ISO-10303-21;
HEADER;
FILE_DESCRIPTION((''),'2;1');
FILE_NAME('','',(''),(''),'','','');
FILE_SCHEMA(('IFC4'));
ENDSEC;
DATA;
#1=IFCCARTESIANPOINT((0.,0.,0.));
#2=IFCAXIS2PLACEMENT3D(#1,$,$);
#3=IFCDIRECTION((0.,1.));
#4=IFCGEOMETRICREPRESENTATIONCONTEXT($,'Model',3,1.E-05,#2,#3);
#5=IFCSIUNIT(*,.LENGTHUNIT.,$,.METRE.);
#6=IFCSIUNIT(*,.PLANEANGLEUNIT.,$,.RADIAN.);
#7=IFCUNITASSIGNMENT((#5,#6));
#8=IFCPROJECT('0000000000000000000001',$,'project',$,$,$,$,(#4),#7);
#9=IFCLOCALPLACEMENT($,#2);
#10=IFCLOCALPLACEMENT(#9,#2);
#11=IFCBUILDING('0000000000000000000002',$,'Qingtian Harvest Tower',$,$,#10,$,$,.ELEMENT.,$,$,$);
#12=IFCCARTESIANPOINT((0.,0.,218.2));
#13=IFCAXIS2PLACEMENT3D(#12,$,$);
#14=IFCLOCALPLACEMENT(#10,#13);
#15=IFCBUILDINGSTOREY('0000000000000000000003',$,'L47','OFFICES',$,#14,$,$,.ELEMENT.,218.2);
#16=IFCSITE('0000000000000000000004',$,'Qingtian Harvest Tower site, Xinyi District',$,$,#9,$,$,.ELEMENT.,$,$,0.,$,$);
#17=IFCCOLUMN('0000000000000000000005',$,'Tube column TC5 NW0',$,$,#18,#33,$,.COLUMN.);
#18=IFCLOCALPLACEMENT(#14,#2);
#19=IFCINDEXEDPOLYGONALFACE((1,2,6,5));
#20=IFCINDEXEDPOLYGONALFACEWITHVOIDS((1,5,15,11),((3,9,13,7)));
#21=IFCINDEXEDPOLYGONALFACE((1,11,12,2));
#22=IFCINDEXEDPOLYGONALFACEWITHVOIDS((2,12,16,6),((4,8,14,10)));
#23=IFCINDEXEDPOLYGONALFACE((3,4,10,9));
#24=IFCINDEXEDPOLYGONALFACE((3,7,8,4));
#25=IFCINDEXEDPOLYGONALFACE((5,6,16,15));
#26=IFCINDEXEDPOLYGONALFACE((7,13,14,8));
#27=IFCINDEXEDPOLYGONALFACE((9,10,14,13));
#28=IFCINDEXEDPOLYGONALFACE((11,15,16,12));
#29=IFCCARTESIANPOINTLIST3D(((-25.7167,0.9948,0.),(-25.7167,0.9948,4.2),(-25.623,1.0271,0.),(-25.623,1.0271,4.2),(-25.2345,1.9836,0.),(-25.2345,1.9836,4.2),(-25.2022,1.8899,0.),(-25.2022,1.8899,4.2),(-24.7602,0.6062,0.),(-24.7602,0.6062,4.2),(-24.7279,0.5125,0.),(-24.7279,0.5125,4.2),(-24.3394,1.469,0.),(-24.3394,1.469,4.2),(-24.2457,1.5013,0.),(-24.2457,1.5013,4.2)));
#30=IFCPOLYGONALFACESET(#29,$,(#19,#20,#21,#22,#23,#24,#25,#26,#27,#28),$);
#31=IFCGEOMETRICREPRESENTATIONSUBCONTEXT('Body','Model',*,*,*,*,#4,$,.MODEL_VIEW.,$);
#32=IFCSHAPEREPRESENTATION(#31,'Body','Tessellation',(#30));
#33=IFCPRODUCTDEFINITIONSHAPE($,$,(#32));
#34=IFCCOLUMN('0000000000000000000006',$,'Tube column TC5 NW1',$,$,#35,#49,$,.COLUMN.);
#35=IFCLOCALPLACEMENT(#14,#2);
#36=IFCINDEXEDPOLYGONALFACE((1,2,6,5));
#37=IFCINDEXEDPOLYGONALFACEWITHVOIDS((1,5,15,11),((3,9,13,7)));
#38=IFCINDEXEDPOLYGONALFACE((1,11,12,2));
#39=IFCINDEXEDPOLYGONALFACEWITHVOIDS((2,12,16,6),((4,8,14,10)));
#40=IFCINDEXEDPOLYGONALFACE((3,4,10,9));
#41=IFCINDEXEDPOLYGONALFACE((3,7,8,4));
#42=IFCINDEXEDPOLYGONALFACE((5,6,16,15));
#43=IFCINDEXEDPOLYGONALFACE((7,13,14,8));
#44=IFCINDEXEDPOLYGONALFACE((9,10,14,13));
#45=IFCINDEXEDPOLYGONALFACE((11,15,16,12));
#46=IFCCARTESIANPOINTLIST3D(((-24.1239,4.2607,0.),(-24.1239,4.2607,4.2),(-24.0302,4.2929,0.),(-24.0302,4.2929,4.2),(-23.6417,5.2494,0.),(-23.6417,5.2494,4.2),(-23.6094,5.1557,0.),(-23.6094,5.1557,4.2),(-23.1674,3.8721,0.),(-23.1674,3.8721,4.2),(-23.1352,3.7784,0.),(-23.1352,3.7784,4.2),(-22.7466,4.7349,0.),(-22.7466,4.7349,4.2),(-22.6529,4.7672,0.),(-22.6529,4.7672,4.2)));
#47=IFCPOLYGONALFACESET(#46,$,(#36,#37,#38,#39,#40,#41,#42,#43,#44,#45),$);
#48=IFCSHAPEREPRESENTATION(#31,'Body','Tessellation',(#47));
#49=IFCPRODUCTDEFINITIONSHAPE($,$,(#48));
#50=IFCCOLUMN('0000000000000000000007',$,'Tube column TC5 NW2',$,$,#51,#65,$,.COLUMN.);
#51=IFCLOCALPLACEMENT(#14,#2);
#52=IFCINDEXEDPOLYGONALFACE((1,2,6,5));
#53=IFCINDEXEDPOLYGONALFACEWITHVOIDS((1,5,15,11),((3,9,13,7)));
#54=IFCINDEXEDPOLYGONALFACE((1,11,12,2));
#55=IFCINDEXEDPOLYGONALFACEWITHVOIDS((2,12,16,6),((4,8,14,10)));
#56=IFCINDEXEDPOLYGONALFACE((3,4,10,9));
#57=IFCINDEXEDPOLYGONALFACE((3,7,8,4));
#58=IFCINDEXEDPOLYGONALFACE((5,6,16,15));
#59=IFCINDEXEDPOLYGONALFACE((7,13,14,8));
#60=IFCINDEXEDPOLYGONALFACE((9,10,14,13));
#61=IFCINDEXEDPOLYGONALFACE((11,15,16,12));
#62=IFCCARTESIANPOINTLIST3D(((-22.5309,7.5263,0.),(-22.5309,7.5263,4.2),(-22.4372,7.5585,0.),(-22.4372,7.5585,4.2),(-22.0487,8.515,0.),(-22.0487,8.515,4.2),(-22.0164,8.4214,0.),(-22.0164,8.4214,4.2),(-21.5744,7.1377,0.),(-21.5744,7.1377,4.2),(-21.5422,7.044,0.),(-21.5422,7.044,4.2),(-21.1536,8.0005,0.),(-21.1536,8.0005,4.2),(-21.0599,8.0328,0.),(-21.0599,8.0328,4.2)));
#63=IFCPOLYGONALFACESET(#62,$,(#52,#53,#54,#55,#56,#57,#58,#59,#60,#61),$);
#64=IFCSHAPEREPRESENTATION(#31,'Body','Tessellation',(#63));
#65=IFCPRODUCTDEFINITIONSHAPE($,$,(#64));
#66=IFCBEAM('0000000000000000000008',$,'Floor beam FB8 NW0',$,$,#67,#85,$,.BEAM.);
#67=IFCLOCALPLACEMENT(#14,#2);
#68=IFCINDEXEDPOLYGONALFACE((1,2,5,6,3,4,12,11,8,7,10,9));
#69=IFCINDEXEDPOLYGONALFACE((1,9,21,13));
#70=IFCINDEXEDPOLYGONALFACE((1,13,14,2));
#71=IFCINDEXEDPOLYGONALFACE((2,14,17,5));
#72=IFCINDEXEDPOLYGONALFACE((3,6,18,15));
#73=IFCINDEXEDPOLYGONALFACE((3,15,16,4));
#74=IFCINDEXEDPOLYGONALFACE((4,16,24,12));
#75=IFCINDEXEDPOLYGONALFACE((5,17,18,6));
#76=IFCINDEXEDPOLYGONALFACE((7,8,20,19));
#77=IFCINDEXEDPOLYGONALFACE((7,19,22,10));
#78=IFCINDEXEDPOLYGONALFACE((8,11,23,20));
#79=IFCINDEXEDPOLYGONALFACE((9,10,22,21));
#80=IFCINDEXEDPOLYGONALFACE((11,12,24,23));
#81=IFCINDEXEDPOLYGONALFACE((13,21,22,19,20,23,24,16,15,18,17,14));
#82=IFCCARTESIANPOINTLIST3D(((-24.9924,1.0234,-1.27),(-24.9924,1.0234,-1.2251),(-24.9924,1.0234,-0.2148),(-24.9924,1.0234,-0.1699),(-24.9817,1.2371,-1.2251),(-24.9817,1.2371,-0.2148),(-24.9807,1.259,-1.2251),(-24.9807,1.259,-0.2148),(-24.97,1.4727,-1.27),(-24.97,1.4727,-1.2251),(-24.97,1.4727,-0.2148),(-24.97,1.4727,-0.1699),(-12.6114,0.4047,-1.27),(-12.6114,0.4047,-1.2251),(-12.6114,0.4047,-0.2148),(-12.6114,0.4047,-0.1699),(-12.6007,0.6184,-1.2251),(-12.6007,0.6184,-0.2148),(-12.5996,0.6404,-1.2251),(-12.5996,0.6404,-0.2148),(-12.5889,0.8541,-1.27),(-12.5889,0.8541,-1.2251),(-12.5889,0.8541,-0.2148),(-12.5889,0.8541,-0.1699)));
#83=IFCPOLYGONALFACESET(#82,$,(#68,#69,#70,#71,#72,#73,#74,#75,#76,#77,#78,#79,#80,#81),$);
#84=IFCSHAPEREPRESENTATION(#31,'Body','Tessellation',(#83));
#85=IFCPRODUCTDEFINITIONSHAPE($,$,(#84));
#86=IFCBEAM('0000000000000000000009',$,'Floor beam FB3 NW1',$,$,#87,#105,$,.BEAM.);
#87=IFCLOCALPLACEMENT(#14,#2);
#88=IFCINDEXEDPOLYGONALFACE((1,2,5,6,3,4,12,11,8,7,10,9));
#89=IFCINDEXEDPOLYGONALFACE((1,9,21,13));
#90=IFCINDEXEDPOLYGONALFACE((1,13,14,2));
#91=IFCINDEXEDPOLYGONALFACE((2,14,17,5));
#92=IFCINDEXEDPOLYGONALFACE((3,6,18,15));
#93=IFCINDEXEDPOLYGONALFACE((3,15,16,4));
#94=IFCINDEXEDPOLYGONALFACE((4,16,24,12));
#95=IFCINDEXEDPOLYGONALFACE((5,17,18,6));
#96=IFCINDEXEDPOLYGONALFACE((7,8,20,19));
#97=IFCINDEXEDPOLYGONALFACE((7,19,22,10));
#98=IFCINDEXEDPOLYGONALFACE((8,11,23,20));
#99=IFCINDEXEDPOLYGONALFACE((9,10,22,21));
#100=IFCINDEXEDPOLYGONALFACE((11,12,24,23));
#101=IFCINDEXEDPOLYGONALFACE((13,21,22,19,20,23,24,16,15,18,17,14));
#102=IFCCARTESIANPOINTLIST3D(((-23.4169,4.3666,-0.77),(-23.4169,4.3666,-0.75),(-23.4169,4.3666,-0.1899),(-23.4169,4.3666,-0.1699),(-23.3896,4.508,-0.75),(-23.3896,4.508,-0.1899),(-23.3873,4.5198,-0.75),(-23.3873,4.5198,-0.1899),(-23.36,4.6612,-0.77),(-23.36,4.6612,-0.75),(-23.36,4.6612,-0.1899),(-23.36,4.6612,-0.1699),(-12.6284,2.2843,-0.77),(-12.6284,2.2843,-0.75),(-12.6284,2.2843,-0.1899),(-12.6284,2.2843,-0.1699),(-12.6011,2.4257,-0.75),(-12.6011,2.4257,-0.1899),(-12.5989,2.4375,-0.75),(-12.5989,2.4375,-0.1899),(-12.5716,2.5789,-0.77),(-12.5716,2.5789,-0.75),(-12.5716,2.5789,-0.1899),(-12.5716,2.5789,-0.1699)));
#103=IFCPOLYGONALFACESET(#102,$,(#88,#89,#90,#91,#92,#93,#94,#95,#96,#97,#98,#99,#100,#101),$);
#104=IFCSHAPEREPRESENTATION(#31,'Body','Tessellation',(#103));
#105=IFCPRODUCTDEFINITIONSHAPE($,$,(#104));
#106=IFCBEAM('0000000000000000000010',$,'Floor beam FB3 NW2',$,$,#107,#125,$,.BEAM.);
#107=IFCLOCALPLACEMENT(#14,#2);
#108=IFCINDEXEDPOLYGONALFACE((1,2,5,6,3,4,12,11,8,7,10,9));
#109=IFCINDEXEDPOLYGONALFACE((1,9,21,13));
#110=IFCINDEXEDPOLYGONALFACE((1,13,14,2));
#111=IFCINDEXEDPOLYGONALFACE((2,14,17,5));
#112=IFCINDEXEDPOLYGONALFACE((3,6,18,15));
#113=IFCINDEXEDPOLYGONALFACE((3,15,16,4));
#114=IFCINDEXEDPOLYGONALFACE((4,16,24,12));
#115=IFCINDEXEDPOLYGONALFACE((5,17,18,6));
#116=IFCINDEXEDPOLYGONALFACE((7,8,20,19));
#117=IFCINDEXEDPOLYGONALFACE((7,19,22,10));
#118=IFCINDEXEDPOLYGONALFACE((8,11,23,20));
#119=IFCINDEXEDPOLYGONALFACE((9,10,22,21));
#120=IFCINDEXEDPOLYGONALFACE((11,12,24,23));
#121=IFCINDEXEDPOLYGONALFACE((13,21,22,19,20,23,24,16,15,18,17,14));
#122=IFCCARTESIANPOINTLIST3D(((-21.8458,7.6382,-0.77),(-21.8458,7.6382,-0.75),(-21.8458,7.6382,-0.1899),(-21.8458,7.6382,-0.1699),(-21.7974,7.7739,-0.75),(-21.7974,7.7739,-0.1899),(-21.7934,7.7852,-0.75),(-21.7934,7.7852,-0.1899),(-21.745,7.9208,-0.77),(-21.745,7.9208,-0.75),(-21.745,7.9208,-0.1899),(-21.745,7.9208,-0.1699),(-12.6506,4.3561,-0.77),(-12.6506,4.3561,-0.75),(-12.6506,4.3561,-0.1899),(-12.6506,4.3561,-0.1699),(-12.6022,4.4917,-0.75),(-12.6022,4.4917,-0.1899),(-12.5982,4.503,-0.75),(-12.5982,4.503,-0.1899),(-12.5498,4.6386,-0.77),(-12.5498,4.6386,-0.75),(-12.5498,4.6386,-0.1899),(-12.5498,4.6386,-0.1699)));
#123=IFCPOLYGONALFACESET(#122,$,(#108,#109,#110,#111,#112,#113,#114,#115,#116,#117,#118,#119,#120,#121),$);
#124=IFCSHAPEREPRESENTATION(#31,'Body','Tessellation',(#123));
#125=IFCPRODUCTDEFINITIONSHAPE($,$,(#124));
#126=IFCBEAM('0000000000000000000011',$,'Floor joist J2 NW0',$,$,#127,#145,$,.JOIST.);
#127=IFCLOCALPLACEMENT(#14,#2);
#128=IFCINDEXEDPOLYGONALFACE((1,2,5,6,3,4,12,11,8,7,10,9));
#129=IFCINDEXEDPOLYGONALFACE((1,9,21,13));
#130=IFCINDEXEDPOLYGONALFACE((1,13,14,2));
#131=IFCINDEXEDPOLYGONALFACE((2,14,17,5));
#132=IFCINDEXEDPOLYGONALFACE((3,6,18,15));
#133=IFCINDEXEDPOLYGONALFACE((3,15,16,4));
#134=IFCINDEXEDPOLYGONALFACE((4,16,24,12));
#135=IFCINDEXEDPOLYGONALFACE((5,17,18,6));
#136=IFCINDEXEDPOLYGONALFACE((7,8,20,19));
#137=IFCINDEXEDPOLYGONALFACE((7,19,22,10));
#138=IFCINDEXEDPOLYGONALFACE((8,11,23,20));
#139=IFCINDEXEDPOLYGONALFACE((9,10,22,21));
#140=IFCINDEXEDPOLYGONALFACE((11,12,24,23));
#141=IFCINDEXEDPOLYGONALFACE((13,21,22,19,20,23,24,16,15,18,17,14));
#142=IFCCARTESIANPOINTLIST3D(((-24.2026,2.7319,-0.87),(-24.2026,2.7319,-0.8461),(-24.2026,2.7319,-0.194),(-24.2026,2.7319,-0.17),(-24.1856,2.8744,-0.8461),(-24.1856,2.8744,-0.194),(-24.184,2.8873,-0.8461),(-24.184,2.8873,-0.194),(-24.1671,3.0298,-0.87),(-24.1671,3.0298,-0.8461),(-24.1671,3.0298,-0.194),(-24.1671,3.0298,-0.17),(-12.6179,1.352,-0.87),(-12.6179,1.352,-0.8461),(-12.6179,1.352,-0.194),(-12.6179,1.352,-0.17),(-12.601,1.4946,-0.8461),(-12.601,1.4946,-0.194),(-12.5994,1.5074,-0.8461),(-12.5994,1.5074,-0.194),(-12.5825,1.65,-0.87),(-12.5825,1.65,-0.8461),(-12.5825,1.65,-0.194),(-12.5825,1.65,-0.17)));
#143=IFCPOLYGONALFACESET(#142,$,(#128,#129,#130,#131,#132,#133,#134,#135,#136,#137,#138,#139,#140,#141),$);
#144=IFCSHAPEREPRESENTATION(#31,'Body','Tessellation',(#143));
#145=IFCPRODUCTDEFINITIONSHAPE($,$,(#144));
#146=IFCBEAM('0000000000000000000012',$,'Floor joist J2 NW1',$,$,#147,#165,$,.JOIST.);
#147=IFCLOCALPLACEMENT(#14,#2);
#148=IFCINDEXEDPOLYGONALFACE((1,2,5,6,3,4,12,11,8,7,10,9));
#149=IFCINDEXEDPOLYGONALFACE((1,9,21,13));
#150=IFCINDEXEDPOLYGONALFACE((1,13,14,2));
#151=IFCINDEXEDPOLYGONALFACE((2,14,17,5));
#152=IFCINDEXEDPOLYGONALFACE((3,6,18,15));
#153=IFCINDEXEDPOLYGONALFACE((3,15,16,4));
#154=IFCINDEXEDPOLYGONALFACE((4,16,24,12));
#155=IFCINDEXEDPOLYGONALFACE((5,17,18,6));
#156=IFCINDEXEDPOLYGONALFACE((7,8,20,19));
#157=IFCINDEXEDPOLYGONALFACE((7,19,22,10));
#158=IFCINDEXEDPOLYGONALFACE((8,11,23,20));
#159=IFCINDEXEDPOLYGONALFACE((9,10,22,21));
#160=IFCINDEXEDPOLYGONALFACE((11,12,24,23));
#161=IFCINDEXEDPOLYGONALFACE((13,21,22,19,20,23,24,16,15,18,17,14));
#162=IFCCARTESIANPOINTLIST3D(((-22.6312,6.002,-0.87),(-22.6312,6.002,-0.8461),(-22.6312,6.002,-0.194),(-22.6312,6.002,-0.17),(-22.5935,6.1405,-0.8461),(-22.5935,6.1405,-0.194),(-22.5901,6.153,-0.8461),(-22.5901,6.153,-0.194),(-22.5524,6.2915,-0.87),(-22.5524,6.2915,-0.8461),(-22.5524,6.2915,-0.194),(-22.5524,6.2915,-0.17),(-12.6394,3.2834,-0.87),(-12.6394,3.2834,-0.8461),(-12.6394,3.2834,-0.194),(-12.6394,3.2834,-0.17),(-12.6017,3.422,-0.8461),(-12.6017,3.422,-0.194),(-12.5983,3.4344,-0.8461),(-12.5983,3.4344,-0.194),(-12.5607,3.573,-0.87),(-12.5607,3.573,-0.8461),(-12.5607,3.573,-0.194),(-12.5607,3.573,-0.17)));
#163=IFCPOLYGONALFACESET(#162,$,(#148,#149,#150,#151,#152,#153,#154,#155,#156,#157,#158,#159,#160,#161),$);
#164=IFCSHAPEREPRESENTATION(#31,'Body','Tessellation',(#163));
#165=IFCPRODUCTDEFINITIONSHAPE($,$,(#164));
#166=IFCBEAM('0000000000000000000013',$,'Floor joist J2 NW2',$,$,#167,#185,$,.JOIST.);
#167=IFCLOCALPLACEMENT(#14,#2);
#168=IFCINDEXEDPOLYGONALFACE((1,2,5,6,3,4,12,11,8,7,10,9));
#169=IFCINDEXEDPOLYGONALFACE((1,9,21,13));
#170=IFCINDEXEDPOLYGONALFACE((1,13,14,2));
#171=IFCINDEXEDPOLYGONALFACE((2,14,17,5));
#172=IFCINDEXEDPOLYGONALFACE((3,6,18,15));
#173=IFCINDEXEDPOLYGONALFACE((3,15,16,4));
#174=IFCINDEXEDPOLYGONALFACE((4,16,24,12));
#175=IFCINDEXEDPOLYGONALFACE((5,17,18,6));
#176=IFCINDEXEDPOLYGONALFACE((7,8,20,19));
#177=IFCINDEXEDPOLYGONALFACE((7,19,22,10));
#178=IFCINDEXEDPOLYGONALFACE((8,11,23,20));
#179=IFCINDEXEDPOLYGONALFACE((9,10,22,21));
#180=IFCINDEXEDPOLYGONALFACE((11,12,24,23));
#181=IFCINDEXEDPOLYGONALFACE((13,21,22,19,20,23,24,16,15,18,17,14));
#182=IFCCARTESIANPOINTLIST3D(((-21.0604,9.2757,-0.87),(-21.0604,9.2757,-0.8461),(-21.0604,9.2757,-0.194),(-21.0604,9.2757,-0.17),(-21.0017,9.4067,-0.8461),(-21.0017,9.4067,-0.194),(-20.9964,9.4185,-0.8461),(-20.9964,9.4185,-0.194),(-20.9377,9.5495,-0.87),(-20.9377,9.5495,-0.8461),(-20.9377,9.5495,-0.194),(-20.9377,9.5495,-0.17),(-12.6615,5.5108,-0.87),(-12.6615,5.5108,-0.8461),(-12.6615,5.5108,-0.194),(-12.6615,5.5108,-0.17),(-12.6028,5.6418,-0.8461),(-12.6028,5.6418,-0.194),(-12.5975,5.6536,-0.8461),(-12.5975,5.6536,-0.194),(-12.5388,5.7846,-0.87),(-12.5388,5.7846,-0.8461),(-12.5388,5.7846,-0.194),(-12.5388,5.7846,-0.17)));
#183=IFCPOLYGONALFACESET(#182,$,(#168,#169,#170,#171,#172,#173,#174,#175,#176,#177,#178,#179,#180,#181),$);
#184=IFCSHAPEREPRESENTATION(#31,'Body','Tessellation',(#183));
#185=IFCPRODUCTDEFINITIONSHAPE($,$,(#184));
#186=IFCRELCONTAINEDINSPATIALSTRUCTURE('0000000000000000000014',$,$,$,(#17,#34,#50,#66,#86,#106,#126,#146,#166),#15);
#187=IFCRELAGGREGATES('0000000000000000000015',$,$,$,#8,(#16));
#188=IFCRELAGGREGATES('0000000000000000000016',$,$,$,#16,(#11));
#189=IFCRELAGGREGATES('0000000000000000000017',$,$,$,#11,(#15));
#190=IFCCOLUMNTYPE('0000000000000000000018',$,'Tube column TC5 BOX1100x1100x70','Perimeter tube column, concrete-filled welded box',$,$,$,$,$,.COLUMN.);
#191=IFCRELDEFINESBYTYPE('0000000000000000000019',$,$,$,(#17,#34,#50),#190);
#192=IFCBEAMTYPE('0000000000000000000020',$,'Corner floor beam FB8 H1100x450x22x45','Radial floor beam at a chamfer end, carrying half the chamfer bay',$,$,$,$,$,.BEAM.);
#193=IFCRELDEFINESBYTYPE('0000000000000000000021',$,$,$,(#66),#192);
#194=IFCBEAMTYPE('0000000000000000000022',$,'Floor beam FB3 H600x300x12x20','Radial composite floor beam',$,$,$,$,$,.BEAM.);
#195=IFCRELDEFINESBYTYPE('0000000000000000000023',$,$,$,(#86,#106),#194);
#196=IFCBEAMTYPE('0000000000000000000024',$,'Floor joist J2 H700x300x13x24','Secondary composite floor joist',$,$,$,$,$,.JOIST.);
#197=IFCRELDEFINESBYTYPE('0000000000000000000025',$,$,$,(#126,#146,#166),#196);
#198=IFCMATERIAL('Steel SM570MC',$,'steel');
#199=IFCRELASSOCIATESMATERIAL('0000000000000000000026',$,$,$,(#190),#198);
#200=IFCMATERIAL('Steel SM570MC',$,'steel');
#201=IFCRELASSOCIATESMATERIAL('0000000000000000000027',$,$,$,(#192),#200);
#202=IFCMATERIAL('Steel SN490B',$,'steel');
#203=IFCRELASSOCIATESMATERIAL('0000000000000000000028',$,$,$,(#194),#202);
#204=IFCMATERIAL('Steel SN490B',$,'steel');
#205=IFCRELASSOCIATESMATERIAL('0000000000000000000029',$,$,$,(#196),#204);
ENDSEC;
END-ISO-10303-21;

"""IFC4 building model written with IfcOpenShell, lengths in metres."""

from ifc_helpers import new_model, si_unit, direction, frame, origin, origin_2d, place, context, subcontext, project, spatial, hollow_rectangle, i_section, extrude, material, material_profile, profile_set, type_object, element, save


model = new_model("IFC4")

# Units and contexts
model_context = context("Model", 3, precision=1e-05, world=origin(), true_north=direction((0.0, 1.0)))
body_context = subcontext(model_context, "Body", "Model", "MODEL_VIEW")
ifc_project = project(units=[si_unit("LENGTHUNIT", "METRE"), si_unit("PLANEANGLEUNIT", "RADIAN")], contexts=[model_context])

# Site, building, storey
site_placement = place(None, origin())
site = spatial("IfcSite", under=ifc_project, at=site_placement, Name="Qingtian Harvest Tower site, Xinyi District", CompositionType="ELEMENT", RefElevation=0.0)
building_placement = place(site_placement, origin())
building = spatial("IfcBuilding", under=site, at=building_placement, Name="Qingtian Harvest Tower", CompositionType="ELEMENT")
storey_placement = place(building_placement, frame((0.0, 0.0, 218.2)))
storey = spatial("IfcBuildingStorey", under=building, at=storey_placement, Name="L47", Description="OFFICES", CompositionType="ELEMENT", Elevation=218.2)

# Columns
ifc_material_1 = material(Name="Steel SM570MC", Category="steel")
ifc_material_profile_1 = material_profile(ifc_material_1, hollow_rectangle(XDim=1.1001, YDim=1.1001, WallThickness=0.0701, at=origin_2d()), Name="BOX1100x1100x70")
ifc_profile_set_1 = profile_set([ifc_material_profile_1], Name="Steel SM570MC")
column_type = type_object("IfcColumnType", Name="Tube column TC5 BOX1100x1100x70", Description="Perimeter tube column, concrete-filled welded box", PredefinedType="COLUMN", material=ifc_profile_set_1)
for number, where, z_axis, x_axis, name in (
    (1, (-24.9812, 1.248, 0.0), (0.0, 0.0, 1.0), (-0.438371, -0.898794, 0.0), "Tube column TC5 NW0"),
    (2, (-23.3884, 4.5139, 0.0), (0.0, 0.0, 1.0), (-0.438371, -0.898794, 0.0), "Tube column TC5 NW1"),
    (3, (-21.7954, 7.7795, 0.0), (0.0, 0.0, 1.0), (-0.438371, -0.898794, 0.0), "Tube column TC5 NW2"),
):
    element("IfcColumn", number, at=place(storey_placement, frame(where, z_axis=z_axis, x_axis=x_axis)), inside=storey, type_object=column_type, Name=name, PredefinedType="COLUMN", context=body_context, shape_type="SweptSolid", body=[
        extrude(hollow_rectangle(XDim=1.1001, YDim=1.1001, WallThickness=0.0701, at=origin_2d()), origin(), (0.0, 0.0, 1.0), 4.2),
    ])

# Beams
ifc_material_2 = material(Name="Steel SM570MC", Category="steel")
ifc_material_profile_2 = material_profile(ifc_material_2, i_section(OverallWidth=0.45, OverallDepth=1.1001, WebThickness=0.022, FlangeThickness=0.0449, at=origin_2d()), Name="H1100x450x22x45")
ifc_profile_set_2 = profile_set([ifc_material_profile_2], Name="Steel SM570MC")
beam_type_1 = type_object("IfcBeamType", Name="Corner floor beam FB8 H1100x450x22x45", Description="Radial floor beam at a chamfer end, carrying half the chamfer bay", PredefinedType="BEAM", material=ifc_profile_set_2)
beam_1_placement = place(storey_placement, frame((-24.9812, 1.248, -0.72), z_axis=(0.998754, -0.049905, 0.0), x_axis=(0.049905, 0.998754, 0.0)))
element("IfcBeam", 4, at=beam_1_placement, inside=storey, type_object=beam_type_1, Name="Floor beam FB8 NW0", PredefinedType="BEAM", context=body_context, shape_type="SweptSolid", body=[
    extrude(i_section(OverallWidth=0.45, OverallDepth=1.1001, WebThickness=0.022, FlangeThickness=0.0449, at=origin_2d()), origin(), (0.0, 0.0, 1.0), 12.3965),
])
ifc_material_3 = material(Name="Steel SN490B", Category="steel")
ifc_material_profile_3 = material_profile(ifc_material_3, i_section(OverallWidth=0.3, OverallDepth=0.6001, WebThickness=0.012, FlangeThickness=0.02, at=origin_2d()), Name="H600x300x12x20")
ifc_profile_set_3 = profile_set([ifc_material_profile_3], Name="Steel SN490B")
beam_type_2 = type_object("IfcBeamType", Name="Floor beam FB3 H600x300x12x20", Description="Radial composite floor beam", PredefinedType="BEAM", material=ifc_profile_set_3)
beam_2_placement = place(storey_placement, frame((-23.3884, 4.5139, -0.47), z_axis=(0.981878, -0.189514, 0.0), x_axis=(0.189514, 0.981878, 0.0)))
element("IfcBeam", 5, at=beam_2_placement, inside=storey, type_object=beam_type_2, Name="Floor beam FB3 NW1", PredefinedType="BEAM", context=body_context, shape_type="SweptSolid", body=[
    extrude(i_section(OverallWidth=0.3, OverallDepth=0.6001, WebThickness=0.012, FlangeThickness=0.02, at=origin_2d()), origin(), (0.0, 0.0, 1.0), 10.9875),
])
beam_3_placement = place(storey_placement, frame((-21.7954, 7.7795, -0.47), z_axis=(0.941801, -0.336172, 0.0), x_axis=(0.336172, 0.941801, 0.0)))
element("IfcBeam", 6, at=beam_3_placement, inside=storey, type_object=beam_type_2, Name="Floor beam FB3 NW2", PredefinedType="BEAM", context=body_context, shape_type="SweptSolid", body=[
    extrude(i_section(OverallWidth=0.3, OverallDepth=0.6001, WebThickness=0.012, FlangeThickness=0.02, at=origin_2d()), origin(), (0.0, 0.0, 1.0), 9.7634),
])
ifc_material_4 = material(Name="Steel SN490B", Category="steel")
ifc_material_profile_4 = material_profile(ifc_material_4, i_section(OverallWidth=0.3, OverallDepth=0.7, WebThickness=0.0129, FlangeThickness=0.0239, at=origin_2d()), Name="H700x300x13x24")
ifc_profile_set_4 = profile_set([ifc_material_profile_4], Name="Steel SN490B")
beam_type_3 = type_object("IfcBeamType", Name="Floor joist J2 H700x300x13x24", Description="Secondary composite floor joist", PredefinedType="JOIST", material=ifc_profile_set_4)
beam_4_placement = place(storey_placement, frame((-24.1848, 2.8809, -0.52), z_axis=(0.992981, -0.118276, 0.0), x_axis=(0.118276, 0.992981, 0.0)))
element("IfcBeam", 7, at=beam_4_placement, inside=storey, type_object=beam_type_3, Name="Floor joist J2 NW0", PredefinedType="JOIST", context=body_context, shape_type="SweptSolid", body=[
    extrude(i_section(OverallWidth=0.3, OverallDepth=0.7, WebThickness=0.0129, FlangeThickness=0.0239, at=origin_2d()), origin(), (0.0, 0.0, 1.0), 11.6665),
])
beam_5_placement = place(storey_placement, frame((-22.5918, 6.1467, -0.52), z_axis=(0.964923, -0.262533, 0.0), x_axis=(0.262533, 0.964923, 0.0)))
element("IfcBeam", 8, at=beam_5_placement, inside=storey, type_object=beam_type_3, Name="Floor joist J2 NW1", PredefinedType="JOIST", context=body_context, shape_type="SweptSolid", body=[
    extrude(i_section(OverallWidth=0.3, OverallDepth=0.7, WebThickness=0.0129, FlangeThickness=0.0239, at=origin_2d()), origin(), (0.0, 0.0, 1.0), 10.355),
])
beam_6_placement = place(storey_placement, frame((-20.999, 9.4126, -0.52), z_axis=(0.912515, -0.409043, 0.0), x_axis=(0.409043, 0.912515, 0.0)))
element("IfcBeam", 9, at=beam_6_placement, inside=storey, type_object=beam_type_3, Name="Floor joist J2 NW2", PredefinedType="JOIST", context=body_context, shape_type="SweptSolid", body=[
    extrude(i_section(OverallWidth=0.3, OverallDepth=0.7, WebThickness=0.0129, FlangeThickness=0.0239, at=origin_2d()), origin(), (0.0, 0.0, 1.0), 9.2041),
])

save(model, "model.ifc")
